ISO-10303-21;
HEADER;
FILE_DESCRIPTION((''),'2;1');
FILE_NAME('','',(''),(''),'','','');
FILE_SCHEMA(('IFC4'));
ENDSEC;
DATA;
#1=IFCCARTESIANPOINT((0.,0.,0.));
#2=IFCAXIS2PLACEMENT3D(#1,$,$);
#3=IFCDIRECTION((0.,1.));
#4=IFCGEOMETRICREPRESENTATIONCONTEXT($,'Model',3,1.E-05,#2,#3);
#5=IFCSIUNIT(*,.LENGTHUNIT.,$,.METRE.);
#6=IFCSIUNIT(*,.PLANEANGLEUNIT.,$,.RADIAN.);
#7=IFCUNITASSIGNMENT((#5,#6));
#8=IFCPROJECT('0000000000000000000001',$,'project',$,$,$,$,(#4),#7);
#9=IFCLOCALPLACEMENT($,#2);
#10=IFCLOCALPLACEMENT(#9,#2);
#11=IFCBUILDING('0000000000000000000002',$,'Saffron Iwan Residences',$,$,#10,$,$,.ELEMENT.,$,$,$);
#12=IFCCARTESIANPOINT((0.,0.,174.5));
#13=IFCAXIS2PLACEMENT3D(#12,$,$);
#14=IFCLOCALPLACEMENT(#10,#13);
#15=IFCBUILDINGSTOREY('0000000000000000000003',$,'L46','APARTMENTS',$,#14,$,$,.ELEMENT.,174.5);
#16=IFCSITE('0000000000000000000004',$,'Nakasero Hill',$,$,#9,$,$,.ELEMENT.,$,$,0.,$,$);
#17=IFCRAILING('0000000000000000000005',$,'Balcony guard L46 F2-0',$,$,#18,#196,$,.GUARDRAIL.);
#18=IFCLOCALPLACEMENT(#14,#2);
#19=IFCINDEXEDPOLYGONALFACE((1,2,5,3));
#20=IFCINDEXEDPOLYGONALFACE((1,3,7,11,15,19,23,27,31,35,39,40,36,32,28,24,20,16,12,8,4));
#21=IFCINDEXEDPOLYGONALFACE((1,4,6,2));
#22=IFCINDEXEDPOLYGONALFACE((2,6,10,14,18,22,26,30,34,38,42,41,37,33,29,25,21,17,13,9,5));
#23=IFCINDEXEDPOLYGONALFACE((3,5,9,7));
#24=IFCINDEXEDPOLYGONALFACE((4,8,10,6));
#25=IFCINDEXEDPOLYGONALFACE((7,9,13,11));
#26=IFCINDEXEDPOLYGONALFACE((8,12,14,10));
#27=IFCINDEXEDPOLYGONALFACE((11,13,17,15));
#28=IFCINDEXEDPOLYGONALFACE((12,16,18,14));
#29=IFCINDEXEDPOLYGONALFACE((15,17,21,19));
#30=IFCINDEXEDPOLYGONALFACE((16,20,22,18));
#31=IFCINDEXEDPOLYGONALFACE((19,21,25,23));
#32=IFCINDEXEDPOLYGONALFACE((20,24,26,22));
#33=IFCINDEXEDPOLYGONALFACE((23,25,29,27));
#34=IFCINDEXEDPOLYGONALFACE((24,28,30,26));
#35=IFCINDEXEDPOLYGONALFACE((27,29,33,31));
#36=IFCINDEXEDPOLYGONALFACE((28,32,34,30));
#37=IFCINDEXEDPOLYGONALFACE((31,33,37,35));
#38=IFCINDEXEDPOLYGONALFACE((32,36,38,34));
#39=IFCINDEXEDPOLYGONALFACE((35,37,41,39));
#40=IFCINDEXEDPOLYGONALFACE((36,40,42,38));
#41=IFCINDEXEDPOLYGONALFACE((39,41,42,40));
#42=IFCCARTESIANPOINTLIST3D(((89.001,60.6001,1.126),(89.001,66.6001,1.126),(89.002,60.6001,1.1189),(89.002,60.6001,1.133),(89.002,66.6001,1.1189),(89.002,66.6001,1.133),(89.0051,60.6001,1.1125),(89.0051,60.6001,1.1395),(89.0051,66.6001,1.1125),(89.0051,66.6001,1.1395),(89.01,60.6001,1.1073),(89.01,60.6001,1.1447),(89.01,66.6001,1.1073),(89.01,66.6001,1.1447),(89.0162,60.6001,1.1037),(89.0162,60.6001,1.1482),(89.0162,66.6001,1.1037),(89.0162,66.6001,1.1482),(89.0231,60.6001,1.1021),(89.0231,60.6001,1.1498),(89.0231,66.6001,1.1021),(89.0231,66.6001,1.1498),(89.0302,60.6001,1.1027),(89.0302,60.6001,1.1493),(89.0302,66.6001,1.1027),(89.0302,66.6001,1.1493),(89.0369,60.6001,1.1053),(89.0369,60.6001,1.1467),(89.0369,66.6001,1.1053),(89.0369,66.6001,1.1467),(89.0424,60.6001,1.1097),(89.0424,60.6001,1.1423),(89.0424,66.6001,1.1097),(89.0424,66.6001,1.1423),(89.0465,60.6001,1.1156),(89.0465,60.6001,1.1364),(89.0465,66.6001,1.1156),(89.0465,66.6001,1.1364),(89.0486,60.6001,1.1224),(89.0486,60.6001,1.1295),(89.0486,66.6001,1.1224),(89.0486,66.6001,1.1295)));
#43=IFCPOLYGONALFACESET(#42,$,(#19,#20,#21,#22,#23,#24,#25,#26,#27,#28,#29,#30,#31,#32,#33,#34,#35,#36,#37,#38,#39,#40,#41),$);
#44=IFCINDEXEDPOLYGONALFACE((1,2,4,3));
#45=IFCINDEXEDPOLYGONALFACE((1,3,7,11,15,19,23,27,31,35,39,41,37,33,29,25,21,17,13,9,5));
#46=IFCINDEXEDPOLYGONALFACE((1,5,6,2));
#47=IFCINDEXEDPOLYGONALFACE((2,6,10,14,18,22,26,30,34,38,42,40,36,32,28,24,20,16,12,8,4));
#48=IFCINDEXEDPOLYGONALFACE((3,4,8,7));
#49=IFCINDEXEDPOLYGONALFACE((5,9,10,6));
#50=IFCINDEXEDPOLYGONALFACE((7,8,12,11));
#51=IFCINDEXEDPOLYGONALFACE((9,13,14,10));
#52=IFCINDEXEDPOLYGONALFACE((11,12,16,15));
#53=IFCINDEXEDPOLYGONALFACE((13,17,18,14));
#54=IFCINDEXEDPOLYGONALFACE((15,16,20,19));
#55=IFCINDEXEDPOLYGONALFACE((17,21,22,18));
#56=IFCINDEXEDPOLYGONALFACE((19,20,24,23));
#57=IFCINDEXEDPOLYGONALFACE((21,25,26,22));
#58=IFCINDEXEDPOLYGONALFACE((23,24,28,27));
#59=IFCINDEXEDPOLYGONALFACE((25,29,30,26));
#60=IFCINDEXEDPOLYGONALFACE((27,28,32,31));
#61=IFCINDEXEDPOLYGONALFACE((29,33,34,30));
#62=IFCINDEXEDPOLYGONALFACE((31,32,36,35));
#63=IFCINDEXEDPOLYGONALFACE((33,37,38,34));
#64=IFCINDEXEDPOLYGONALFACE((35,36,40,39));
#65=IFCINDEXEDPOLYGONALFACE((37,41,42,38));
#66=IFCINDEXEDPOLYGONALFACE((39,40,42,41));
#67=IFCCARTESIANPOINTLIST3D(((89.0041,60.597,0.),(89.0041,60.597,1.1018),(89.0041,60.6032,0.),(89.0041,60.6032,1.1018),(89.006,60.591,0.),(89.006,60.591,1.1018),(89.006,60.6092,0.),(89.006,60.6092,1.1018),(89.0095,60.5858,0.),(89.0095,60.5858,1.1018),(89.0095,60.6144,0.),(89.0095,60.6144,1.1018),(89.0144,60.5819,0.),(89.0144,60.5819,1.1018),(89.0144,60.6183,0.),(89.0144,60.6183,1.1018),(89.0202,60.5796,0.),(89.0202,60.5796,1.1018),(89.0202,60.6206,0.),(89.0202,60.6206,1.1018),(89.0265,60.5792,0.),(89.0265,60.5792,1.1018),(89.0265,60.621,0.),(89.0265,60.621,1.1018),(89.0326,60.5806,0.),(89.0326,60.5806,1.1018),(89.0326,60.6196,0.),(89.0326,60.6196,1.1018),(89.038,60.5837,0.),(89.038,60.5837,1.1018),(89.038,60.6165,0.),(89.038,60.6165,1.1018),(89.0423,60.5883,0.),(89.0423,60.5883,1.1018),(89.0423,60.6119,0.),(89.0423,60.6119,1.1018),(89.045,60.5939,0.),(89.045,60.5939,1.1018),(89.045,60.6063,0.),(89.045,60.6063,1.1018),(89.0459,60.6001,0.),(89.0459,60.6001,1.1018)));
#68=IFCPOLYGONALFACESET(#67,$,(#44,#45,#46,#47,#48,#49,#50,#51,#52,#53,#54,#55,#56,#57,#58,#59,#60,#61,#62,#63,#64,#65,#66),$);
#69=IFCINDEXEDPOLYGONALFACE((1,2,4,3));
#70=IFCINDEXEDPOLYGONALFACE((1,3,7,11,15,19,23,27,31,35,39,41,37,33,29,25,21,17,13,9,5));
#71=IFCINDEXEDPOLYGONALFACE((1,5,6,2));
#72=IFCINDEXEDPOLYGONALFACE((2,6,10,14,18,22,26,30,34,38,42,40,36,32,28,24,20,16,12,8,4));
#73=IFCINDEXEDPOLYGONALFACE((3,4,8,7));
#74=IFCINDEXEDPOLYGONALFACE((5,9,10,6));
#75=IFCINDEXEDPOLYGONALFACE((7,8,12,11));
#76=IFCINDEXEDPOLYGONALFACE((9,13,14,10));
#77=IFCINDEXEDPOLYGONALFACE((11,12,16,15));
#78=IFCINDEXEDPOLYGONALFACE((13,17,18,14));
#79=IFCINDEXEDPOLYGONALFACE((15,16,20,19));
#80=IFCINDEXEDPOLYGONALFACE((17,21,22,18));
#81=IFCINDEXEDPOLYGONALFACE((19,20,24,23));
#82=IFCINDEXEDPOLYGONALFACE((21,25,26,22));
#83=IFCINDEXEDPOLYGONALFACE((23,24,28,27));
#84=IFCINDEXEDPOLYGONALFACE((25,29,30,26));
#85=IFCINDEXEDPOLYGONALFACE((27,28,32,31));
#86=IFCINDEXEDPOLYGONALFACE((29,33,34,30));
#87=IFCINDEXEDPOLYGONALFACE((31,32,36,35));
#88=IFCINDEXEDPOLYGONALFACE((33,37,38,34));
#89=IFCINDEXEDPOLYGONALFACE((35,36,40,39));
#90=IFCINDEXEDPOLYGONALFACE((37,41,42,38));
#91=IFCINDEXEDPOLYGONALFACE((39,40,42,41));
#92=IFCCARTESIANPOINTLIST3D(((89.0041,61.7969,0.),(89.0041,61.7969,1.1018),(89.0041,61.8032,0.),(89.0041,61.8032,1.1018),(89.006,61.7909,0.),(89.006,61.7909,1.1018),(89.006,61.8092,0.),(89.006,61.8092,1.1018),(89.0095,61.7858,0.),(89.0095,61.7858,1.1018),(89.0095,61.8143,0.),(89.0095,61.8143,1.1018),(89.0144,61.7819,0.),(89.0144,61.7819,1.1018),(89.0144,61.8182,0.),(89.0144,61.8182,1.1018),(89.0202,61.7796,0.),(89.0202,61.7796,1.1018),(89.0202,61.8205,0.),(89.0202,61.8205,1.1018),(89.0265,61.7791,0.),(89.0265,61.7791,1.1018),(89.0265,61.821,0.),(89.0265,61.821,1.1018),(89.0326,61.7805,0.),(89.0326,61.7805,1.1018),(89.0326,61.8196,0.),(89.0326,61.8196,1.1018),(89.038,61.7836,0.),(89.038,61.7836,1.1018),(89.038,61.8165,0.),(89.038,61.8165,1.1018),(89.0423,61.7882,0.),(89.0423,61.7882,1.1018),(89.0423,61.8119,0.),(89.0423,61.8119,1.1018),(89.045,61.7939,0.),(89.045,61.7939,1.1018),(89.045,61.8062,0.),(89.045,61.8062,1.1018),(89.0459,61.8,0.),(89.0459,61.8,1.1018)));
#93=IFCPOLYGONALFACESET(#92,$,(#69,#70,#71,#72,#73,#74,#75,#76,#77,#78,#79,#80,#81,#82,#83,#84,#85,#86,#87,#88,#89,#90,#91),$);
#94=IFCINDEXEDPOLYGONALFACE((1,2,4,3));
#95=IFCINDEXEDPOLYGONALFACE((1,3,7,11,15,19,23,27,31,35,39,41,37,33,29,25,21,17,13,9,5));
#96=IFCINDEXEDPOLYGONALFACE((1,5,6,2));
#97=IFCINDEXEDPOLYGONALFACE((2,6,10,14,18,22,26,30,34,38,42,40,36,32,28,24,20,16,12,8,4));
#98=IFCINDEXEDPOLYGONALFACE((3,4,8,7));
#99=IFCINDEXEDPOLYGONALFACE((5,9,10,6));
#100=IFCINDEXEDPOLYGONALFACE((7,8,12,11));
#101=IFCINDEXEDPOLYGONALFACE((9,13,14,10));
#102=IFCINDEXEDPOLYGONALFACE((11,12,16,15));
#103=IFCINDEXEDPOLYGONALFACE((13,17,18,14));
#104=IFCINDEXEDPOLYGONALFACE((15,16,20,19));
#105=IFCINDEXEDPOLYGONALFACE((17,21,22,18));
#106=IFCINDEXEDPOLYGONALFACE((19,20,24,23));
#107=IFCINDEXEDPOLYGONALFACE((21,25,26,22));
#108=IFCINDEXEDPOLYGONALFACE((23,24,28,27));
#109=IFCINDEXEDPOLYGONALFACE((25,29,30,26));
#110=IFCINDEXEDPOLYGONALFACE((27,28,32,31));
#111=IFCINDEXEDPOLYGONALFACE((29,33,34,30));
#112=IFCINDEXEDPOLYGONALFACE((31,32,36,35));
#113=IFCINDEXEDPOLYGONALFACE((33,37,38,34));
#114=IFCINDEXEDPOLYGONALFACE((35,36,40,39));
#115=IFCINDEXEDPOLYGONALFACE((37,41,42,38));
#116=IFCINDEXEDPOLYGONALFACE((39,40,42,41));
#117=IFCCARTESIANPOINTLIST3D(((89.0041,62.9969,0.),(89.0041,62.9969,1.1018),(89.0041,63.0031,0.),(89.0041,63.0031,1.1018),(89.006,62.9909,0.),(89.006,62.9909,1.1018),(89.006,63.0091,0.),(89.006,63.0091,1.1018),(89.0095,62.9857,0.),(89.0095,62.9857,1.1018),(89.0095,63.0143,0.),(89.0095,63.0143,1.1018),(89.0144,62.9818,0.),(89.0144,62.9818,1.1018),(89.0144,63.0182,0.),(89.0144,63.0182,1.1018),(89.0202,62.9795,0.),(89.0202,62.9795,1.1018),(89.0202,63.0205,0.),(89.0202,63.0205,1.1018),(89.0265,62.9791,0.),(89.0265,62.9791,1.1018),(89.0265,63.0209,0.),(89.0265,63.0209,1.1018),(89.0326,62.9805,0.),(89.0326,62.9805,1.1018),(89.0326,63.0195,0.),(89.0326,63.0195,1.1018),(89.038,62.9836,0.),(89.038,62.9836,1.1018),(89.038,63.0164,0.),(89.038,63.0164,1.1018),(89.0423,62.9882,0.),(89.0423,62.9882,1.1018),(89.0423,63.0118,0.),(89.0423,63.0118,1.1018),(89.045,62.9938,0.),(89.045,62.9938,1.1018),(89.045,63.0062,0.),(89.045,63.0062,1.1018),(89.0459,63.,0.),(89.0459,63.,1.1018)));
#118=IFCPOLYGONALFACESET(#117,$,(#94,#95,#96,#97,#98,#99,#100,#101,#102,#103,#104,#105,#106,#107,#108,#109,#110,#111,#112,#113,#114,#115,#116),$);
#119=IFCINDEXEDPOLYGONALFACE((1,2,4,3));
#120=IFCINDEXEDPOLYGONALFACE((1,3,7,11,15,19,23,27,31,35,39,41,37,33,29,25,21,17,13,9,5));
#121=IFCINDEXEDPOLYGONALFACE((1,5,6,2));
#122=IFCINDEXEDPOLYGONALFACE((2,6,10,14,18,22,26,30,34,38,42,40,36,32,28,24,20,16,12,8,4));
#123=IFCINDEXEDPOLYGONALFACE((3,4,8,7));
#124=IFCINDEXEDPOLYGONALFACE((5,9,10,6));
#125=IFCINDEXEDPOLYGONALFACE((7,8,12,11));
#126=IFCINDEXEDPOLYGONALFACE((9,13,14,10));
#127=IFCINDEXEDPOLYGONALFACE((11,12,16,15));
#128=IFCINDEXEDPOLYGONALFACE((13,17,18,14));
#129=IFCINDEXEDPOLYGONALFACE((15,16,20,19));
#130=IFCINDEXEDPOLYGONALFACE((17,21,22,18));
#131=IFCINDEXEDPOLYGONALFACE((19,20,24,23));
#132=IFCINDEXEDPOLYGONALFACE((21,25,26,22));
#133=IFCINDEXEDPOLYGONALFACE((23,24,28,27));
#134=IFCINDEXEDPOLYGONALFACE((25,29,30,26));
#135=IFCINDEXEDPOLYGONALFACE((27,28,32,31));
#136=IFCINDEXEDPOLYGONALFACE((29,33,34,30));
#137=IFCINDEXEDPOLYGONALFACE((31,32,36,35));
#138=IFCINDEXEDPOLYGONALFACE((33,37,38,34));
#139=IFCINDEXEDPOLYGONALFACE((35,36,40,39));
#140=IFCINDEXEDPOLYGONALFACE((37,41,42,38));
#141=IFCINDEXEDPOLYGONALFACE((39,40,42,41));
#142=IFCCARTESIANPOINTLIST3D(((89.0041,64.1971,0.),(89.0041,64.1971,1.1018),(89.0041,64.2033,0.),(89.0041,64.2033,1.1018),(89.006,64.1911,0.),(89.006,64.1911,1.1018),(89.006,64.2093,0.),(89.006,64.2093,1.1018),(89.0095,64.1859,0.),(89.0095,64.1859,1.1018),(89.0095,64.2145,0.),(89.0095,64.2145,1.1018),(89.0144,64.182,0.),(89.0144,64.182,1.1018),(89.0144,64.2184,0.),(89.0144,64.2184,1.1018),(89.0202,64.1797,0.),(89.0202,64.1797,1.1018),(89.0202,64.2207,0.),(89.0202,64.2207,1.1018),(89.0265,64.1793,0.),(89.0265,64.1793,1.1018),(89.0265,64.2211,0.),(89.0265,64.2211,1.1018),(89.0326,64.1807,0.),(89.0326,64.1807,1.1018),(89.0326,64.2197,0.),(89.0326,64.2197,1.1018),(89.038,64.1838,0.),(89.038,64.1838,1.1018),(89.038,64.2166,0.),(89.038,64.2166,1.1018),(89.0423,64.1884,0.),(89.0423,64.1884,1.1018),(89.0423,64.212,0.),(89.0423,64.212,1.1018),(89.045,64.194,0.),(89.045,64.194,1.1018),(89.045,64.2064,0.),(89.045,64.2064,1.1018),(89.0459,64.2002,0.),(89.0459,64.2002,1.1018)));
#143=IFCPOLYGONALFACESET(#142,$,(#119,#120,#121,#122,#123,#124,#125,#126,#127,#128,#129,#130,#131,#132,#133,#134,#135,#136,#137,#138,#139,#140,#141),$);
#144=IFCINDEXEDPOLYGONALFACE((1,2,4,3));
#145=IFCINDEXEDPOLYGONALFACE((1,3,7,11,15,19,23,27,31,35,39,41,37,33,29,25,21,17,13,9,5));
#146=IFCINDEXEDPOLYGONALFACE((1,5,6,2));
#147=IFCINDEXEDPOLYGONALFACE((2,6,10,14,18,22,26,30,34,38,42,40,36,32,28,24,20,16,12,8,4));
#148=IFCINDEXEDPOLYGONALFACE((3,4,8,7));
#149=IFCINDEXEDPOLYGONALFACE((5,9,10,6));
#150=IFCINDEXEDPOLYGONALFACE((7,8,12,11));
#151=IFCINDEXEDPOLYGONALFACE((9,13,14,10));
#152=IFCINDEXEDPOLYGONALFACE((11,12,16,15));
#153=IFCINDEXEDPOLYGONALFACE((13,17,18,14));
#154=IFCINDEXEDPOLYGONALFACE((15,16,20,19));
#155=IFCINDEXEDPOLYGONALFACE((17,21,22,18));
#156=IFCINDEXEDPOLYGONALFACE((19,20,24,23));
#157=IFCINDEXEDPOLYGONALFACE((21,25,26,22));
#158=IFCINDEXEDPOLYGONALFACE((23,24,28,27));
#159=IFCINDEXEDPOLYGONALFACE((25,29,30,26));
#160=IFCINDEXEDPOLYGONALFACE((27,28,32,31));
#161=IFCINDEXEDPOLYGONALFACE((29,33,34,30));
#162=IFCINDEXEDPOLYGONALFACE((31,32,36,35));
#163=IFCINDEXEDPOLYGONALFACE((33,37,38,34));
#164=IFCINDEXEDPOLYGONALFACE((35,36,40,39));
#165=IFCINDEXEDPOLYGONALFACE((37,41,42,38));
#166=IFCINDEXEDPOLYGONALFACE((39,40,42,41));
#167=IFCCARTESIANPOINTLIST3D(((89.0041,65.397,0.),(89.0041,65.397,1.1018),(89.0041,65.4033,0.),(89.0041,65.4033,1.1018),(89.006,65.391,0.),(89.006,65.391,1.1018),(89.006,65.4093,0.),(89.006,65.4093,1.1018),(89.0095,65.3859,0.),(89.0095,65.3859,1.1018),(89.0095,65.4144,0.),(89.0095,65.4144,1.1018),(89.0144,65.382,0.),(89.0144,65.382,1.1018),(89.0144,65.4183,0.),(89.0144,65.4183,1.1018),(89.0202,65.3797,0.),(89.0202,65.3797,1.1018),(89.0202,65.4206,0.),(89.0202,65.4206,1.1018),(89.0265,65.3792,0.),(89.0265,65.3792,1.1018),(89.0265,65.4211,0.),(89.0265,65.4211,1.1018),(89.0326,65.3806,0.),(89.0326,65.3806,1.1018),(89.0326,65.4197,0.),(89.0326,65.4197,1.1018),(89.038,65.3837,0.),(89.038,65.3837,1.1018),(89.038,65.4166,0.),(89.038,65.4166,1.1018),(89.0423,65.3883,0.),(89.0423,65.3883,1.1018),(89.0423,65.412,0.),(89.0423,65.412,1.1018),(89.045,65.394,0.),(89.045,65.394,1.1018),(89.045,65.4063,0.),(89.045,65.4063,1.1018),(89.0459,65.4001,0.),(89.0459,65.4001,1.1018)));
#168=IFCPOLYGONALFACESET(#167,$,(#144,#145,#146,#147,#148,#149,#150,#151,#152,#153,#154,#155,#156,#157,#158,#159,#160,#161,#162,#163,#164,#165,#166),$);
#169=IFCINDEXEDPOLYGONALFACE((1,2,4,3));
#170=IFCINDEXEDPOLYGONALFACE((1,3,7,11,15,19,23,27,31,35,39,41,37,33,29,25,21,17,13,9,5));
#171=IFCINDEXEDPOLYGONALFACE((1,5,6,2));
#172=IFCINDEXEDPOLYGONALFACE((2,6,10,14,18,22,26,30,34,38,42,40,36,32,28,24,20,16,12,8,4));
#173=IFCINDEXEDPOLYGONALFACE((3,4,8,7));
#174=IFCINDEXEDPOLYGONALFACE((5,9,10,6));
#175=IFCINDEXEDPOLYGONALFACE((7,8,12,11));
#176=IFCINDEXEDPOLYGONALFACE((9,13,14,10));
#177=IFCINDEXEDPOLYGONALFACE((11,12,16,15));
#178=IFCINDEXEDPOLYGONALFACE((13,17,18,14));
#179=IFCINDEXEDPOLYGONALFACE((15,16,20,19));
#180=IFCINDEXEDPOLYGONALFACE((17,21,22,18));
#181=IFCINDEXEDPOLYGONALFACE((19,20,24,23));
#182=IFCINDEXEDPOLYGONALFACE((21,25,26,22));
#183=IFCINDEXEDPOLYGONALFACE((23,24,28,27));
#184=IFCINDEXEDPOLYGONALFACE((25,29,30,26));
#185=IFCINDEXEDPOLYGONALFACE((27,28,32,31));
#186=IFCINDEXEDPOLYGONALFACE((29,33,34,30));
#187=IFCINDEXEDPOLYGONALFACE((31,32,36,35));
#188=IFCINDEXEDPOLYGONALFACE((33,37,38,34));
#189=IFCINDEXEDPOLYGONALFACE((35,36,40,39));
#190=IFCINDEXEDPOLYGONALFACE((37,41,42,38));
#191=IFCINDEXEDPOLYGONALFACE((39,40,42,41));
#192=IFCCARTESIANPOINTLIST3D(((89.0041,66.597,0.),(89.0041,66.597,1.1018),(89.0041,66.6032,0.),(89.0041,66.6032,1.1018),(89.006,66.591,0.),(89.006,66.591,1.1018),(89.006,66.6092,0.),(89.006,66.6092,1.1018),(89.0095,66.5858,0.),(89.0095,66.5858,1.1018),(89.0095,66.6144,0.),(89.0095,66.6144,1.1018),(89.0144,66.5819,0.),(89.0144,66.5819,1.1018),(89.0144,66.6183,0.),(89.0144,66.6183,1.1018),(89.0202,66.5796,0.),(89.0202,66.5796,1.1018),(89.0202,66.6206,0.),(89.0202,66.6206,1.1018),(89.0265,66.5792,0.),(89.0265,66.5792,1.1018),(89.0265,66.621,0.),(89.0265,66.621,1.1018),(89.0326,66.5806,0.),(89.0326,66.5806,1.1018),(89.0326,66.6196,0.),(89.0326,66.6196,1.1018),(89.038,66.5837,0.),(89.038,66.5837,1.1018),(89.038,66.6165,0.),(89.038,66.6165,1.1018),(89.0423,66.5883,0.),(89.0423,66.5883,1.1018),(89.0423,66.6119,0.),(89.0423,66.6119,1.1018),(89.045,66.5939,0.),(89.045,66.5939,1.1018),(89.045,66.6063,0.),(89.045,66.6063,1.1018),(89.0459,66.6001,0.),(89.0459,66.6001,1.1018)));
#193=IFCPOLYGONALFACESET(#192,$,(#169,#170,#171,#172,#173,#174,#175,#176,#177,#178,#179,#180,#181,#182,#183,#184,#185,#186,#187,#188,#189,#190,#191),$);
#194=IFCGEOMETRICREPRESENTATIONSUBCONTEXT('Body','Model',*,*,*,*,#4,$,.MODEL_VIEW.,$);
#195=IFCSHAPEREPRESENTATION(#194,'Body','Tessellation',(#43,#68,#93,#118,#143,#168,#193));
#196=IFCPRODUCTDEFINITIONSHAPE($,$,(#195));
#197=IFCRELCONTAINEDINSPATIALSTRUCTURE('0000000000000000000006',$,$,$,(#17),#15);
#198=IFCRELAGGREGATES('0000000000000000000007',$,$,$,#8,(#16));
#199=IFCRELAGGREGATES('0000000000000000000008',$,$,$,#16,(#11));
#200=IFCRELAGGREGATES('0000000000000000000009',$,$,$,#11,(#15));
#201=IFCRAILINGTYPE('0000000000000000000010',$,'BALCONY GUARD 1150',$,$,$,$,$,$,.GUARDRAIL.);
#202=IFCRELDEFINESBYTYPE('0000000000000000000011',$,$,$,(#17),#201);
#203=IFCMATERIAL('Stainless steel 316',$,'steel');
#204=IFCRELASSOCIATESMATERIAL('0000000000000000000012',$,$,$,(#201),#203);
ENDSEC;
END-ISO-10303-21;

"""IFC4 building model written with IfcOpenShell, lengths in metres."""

from ifc_helpers import new_model, si_unit, direction, frame, origin, origin_2d, place, context, subcontext, project, spatial, circle, extrude, material, type_object, element, save


model = new_model("IFC4")

# Units and contexts
model_context = context("Model", 3, precision=1e-05, world=origin(), true_north=direction((0.0, 1.0)))
body_context = subcontext(model_context, "Body", "Model", "MODEL_VIEW")
ifc_project = project(units=[si_unit("LENGTHUNIT", "METRE"), si_unit("PLANEANGLEUNIT", "RADIAN")], contexts=[model_context])

# Site, building, storey
site_placement = place(None, origin())
site = spatial("IfcSite", under=ifc_project, at=site_placement, Name="Nakasero Hill", CompositionType="ELEMENT", RefElevation=0.0)
building_placement = place(site_placement, origin())
building = spatial("IfcBuilding", under=site, at=building_placement, Name="Saffron Iwan Residences", CompositionType="ELEMENT")
storey_placement = place(building_placement, frame((0.0, 0.0, 174.5)))
storey = spatial("IfcBuildingStorey", under=building, at=storey_placement, Name="L46", Description="APARTMENTS", CompositionType="ELEMENT", Elevation=174.5)

# Railing
ifc_material_1 = material(Name="Stainless steel 316", Category="steel")
railing_type = type_object("IfcRailingType", Name="BALCONY GUARD 1150", PredefinedType="GUARDRAIL", material=ifc_material_1)
railing_placement = place(storey_placement, frame((89.0249, 60.6001, 0.0)))
element("IfcRailing", 1, at=railing_placement, inside=storey, type_object=railing_type, Name="Balcony guard L46 F2-0", PredefinedType="GUARDRAIL", context=body_context, shape_type="SweptSolid", body=[
    extrude(circle(Radius=0.0239, at=origin_2d()), frame((0.0, 0.0, 1.126), z_axis=(0.0, 1.0, 0.0), x_axis=(-1.0, 0.0, 0.0)), (0.0, 0.0, 1.0), 6.0),
    extrude(circle(Radius=0.021, at=origin_2d()), origin(), (0.0, 0.0, 1.0), 1.1018),
    extrude(circle(Radius=0.021, at=origin_2d()), frame((0.0, 1.2, 0.0)), (0.0, 0.0, 1.0), 1.1018),
    extrude(circle(Radius=0.021, at=origin_2d()), frame((0.0, 2.3999, 0.0)), (0.0, 0.0, 1.0), 1.1018),
    extrude(circle(Radius=0.021, at=origin_2d()), frame((0.0, 3.6001, 0.0)), (0.0, 0.0, 1.0), 1.1018),
    extrude(circle(Radius=0.021, at=origin_2d()), frame((0.0, 4.8, 0.0)), (0.0, 0.0, 1.0), 1.1018),
    extrude(circle(Radius=0.021, at=origin_2d()), frame((0.0, 6.0, 0.0)), (0.0, 0.0, 1.0), 1.1018),
])

save(model, "model.ifc")
